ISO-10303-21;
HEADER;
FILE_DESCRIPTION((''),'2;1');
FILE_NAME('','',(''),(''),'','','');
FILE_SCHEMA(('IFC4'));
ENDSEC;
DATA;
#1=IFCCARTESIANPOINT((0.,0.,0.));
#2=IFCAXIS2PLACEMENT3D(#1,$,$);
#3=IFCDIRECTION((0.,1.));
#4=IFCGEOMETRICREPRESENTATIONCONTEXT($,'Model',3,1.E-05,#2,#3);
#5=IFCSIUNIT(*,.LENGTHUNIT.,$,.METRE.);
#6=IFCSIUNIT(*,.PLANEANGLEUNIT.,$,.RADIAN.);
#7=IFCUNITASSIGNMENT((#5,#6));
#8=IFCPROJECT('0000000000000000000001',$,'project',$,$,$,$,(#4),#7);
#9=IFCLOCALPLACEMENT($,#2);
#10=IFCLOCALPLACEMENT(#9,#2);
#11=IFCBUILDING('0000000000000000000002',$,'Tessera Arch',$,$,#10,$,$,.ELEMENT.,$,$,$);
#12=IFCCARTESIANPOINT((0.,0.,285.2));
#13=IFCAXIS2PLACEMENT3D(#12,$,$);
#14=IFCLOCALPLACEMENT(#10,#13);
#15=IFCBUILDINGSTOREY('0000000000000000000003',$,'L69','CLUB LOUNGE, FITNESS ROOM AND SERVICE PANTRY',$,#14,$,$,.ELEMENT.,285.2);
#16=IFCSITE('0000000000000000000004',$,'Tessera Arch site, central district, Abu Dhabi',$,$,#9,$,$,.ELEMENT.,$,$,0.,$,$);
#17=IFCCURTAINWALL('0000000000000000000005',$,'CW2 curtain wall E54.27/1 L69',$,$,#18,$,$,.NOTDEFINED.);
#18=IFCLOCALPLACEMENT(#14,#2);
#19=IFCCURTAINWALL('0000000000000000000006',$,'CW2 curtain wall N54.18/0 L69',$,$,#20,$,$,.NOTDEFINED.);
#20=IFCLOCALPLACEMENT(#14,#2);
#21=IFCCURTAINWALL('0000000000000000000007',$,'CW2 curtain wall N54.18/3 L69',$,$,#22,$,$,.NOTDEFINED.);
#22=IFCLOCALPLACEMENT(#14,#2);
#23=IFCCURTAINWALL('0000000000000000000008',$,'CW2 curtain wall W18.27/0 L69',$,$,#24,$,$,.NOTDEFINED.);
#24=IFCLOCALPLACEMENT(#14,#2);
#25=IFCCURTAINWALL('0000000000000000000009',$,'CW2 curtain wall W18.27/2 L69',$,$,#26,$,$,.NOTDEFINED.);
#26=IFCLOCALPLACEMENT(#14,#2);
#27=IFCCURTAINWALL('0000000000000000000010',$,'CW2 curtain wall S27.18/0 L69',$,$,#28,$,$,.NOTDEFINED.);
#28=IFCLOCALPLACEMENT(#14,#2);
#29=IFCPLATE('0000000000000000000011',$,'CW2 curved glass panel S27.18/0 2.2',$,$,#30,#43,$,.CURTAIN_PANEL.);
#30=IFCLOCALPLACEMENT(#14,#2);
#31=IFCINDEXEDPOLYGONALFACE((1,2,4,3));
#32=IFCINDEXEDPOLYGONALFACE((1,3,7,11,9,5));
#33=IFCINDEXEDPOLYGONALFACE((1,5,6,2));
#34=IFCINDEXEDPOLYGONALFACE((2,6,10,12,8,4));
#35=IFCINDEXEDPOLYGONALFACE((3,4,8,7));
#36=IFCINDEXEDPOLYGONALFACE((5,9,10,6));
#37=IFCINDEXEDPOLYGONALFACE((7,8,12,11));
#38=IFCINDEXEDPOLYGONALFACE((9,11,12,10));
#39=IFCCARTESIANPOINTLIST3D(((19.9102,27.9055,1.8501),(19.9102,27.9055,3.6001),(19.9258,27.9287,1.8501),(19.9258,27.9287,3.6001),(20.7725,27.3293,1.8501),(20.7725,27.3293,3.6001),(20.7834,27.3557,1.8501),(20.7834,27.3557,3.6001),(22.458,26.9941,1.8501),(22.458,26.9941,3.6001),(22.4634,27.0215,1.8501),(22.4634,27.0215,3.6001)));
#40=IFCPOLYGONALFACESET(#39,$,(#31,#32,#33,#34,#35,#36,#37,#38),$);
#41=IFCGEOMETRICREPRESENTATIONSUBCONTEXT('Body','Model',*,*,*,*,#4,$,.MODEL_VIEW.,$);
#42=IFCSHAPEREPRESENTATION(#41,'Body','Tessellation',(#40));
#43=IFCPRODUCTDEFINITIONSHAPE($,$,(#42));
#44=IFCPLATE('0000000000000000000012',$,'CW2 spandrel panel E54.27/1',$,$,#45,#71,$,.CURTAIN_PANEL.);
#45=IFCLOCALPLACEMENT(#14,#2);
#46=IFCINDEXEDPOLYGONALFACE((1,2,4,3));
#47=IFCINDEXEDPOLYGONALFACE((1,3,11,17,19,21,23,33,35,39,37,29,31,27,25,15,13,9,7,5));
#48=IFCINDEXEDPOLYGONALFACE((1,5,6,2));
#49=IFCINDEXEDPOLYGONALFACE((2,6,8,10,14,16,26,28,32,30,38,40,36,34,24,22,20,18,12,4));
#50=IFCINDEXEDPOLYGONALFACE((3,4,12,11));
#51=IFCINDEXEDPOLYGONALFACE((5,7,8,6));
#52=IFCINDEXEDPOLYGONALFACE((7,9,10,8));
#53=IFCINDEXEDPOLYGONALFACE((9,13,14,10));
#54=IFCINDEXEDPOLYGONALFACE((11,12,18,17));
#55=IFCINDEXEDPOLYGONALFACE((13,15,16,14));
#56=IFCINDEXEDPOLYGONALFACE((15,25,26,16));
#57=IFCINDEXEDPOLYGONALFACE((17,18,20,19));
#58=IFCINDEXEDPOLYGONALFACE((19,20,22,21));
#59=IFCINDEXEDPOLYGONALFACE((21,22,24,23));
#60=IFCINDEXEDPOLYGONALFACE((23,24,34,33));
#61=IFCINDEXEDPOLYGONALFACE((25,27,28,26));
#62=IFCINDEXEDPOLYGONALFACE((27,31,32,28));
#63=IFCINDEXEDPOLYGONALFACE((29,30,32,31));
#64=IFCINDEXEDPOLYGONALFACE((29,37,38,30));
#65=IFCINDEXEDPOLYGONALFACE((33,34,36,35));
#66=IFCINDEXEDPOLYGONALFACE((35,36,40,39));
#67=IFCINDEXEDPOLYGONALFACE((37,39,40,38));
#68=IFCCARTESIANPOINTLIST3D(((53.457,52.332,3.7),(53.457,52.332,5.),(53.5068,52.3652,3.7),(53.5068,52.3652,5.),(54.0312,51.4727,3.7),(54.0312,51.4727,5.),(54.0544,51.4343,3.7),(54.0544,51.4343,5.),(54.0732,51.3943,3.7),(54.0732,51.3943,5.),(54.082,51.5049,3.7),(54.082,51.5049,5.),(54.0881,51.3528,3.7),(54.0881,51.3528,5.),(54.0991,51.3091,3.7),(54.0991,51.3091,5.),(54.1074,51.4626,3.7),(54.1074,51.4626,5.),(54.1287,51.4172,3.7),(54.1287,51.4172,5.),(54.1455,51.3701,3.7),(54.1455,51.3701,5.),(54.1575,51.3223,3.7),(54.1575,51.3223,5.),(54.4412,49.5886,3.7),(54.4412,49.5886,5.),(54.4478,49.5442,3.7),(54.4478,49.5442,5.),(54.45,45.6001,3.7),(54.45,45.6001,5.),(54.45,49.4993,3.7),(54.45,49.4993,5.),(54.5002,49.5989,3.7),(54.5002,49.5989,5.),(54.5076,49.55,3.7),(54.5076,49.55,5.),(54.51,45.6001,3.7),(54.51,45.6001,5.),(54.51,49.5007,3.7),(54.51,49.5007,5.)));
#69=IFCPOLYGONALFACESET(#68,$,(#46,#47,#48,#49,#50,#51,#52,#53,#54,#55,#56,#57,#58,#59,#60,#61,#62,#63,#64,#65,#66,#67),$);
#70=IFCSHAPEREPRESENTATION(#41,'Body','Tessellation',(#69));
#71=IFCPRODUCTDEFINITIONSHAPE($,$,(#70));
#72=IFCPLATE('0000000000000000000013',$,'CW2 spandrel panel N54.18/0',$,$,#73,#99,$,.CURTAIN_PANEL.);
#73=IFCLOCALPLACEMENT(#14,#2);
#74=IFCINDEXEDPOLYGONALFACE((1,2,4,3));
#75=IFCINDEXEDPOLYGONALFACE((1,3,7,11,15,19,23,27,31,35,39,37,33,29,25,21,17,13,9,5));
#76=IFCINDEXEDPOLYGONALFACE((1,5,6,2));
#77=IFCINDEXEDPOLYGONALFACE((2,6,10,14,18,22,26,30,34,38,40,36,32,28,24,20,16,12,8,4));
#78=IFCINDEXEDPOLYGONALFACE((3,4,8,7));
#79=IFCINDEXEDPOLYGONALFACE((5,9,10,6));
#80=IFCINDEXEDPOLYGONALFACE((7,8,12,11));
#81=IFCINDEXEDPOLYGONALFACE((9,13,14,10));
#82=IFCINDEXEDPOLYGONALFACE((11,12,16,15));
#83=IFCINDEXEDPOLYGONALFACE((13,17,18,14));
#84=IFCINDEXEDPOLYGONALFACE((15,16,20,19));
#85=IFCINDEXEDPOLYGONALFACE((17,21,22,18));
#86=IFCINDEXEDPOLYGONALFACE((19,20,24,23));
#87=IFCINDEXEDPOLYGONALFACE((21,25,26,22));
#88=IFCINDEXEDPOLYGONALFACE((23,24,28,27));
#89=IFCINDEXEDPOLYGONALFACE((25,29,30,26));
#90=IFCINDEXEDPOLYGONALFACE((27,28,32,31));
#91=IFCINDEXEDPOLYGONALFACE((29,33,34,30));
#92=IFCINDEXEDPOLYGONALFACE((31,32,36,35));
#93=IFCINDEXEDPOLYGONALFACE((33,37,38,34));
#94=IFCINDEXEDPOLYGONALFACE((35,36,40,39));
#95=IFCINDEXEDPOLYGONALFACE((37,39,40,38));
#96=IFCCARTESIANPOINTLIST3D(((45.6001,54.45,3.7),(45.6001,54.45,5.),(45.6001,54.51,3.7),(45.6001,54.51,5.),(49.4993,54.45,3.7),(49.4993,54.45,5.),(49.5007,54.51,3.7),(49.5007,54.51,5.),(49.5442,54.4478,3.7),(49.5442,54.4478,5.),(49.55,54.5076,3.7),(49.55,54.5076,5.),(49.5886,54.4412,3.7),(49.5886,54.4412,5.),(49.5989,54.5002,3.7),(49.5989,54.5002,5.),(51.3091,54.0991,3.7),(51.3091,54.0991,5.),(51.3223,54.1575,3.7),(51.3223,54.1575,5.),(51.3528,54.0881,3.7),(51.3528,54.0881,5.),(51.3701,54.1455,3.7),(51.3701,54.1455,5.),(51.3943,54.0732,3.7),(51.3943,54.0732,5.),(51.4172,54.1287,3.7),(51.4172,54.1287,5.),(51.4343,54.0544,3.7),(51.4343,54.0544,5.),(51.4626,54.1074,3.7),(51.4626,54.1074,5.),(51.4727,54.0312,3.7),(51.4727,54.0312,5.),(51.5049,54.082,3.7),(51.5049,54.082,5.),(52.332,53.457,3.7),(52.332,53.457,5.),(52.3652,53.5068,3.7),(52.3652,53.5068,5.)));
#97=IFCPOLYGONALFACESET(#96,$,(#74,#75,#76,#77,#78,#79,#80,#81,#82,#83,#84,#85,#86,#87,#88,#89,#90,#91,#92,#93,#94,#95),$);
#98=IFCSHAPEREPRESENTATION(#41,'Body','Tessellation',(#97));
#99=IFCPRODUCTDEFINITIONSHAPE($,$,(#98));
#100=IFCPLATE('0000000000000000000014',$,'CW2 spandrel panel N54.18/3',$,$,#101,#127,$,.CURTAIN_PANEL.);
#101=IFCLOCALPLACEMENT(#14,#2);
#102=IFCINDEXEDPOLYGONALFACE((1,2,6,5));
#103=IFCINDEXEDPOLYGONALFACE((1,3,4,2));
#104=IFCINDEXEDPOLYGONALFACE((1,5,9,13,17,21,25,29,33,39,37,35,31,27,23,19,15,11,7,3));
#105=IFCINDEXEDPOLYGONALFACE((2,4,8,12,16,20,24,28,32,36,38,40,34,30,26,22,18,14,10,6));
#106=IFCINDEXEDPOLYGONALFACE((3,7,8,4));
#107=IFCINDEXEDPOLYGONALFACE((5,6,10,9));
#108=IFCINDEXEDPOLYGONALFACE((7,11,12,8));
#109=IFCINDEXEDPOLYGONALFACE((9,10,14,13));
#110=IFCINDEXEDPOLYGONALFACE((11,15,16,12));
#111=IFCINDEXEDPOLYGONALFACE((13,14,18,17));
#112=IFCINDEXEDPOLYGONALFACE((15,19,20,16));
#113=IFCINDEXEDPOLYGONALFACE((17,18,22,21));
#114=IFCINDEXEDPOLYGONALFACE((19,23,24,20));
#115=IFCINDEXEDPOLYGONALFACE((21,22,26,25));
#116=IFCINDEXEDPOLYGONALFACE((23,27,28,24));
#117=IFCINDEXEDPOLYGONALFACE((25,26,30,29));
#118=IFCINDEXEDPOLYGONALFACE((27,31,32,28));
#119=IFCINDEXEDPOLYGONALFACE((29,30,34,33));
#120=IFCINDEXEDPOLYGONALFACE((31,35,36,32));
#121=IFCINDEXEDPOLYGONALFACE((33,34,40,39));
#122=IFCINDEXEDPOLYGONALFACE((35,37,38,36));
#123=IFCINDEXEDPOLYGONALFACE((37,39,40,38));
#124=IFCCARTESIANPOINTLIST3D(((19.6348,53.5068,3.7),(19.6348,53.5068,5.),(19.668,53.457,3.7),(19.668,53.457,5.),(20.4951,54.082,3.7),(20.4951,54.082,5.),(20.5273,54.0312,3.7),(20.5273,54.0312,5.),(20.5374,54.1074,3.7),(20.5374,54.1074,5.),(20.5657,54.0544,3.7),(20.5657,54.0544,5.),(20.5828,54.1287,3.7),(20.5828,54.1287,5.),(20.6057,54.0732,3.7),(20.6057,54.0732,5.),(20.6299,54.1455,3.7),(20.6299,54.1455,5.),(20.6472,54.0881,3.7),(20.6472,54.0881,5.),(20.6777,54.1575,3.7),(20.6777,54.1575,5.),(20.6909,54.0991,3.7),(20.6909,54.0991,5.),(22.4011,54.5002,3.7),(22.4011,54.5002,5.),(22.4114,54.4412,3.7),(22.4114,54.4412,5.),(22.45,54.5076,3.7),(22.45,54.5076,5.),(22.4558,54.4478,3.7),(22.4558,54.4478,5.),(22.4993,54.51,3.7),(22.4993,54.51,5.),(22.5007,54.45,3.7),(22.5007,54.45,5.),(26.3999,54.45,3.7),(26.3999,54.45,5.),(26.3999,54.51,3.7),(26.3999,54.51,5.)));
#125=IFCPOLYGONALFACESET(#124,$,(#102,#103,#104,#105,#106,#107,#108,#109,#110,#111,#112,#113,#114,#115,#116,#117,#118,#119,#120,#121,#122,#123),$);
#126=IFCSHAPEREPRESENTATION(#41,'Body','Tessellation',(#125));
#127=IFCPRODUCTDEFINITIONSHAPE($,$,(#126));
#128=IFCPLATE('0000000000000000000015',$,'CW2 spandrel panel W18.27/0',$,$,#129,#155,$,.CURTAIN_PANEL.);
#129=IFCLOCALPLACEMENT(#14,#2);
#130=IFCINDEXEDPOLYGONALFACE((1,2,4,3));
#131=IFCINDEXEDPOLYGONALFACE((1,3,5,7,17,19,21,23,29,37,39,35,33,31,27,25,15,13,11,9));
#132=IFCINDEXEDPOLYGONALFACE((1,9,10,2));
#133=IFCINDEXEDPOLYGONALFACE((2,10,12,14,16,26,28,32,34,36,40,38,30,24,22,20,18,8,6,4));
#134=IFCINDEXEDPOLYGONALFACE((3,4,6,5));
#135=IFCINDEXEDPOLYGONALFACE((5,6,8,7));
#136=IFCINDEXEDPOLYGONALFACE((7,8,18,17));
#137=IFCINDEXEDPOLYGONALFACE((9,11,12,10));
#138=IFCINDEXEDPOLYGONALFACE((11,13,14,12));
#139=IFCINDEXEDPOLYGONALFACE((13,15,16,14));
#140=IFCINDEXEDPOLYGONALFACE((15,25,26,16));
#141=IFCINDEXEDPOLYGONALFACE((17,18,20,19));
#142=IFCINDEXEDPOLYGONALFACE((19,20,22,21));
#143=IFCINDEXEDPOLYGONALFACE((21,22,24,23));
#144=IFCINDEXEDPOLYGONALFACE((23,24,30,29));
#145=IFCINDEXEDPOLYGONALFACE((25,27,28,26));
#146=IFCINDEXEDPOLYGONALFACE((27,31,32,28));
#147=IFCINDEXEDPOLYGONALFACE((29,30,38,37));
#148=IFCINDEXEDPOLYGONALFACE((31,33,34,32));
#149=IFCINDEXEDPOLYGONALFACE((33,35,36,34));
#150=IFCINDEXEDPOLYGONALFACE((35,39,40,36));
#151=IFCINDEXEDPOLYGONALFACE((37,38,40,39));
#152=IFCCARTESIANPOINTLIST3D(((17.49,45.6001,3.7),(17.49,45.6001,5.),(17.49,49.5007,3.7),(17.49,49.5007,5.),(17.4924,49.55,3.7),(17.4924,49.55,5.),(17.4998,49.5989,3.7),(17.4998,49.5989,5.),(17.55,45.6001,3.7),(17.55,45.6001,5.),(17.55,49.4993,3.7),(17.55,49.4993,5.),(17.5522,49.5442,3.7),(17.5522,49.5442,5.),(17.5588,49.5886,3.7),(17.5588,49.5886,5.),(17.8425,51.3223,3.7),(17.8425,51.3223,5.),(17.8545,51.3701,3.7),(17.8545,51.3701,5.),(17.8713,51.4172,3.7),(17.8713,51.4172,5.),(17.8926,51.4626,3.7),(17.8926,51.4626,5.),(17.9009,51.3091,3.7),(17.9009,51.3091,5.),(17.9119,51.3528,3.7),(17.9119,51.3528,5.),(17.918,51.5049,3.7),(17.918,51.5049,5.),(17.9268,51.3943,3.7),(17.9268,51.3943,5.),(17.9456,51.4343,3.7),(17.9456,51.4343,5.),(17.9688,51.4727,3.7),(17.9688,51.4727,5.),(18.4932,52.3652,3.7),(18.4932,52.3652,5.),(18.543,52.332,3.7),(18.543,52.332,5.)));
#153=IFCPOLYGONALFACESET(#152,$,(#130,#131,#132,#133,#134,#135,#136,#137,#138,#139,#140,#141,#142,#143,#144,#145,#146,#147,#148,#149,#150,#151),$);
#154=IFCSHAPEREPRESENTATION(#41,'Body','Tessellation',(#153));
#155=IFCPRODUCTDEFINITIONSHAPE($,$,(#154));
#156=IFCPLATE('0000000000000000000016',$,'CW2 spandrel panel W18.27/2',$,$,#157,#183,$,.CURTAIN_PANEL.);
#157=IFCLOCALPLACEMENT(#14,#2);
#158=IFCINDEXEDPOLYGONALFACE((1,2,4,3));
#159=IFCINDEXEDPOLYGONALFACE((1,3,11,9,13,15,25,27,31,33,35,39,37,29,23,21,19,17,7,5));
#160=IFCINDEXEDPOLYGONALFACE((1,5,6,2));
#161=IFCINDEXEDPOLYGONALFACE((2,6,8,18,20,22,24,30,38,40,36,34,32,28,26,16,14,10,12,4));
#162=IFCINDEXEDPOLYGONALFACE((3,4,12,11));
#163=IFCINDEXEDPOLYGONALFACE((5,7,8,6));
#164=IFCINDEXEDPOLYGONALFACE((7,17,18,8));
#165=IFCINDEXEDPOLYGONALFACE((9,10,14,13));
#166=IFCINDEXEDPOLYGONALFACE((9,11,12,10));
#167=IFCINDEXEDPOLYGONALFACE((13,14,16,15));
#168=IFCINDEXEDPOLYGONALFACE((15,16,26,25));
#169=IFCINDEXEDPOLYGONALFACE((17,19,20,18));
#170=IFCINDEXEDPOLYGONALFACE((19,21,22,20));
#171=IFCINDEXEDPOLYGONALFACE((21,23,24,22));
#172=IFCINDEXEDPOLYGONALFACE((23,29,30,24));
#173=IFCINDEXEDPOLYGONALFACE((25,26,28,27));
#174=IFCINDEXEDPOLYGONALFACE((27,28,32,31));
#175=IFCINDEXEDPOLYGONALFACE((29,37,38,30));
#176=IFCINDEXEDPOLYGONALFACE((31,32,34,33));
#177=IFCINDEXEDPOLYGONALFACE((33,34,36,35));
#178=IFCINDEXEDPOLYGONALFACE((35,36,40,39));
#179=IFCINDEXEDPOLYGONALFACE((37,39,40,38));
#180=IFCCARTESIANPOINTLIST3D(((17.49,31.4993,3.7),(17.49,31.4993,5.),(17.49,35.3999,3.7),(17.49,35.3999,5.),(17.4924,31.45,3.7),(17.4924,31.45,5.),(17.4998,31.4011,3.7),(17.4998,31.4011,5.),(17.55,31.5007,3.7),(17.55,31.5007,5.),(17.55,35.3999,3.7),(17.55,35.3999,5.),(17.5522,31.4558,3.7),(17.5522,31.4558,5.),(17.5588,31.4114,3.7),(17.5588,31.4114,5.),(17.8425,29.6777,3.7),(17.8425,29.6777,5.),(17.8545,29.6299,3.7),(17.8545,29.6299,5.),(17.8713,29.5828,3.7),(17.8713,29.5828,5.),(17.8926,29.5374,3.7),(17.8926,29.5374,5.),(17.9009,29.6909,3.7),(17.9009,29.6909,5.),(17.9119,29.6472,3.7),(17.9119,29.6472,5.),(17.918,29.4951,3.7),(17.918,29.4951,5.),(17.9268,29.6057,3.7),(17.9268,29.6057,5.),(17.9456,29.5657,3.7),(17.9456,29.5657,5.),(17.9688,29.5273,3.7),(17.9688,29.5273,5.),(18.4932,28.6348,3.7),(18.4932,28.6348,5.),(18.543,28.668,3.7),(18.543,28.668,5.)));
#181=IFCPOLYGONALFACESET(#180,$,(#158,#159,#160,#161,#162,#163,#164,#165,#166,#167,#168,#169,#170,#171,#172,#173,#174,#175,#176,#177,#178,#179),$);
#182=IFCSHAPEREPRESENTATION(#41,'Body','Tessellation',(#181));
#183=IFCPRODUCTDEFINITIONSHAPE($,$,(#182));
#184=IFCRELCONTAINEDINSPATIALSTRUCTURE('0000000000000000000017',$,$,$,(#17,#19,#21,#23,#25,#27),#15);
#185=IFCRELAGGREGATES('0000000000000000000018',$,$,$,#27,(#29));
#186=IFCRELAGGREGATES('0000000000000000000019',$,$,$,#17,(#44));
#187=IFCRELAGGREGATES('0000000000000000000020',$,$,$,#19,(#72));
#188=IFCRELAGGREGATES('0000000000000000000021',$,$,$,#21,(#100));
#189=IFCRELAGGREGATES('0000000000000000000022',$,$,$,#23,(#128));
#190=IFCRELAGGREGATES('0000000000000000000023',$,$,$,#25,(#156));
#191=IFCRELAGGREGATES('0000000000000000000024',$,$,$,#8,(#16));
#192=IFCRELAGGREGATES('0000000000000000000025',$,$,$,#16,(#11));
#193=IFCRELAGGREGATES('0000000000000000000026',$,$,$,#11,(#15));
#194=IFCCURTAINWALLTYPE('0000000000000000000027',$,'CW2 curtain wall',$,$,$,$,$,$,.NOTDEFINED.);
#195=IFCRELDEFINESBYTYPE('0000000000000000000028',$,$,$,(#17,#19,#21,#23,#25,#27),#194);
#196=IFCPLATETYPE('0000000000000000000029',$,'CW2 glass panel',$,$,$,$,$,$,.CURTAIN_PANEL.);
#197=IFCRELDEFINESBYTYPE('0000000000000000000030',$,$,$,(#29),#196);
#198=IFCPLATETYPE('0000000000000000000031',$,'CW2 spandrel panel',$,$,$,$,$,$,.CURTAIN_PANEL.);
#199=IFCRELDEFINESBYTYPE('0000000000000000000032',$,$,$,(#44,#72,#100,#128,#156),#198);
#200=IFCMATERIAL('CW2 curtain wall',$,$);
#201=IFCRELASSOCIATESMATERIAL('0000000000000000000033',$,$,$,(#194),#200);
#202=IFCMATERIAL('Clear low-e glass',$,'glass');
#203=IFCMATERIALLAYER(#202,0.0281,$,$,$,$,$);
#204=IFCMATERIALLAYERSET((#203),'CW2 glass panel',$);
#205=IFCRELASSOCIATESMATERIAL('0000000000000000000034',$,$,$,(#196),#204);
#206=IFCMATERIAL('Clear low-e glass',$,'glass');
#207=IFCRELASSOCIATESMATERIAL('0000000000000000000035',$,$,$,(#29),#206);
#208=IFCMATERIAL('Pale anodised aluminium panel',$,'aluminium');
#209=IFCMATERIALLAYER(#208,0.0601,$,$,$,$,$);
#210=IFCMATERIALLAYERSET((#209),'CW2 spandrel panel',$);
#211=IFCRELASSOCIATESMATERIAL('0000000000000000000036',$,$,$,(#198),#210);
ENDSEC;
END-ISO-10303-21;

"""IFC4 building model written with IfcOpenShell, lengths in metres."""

from ifc_helpers import new_model, si_unit, direction, frame, origin, place, context, subcontext, project, spatial, polyline, outline, extrude, material, layer, layer_set, type_object, element, aggregate, save


model = new_model("IFC4")

# Units and contexts
model_context = context("Model", 3, precision=1e-05, world=origin(), true_north=direction((0.0, 1.0)))
body_context = subcontext(model_context, "Body", "Model", "MODEL_VIEW")
ifc_project = project(units=[si_unit("LENGTHUNIT", "METRE"), si_unit("PLANEANGLEUNIT", "RADIAN")], contexts=[model_context])

# Site, building, storey
site_placement = place(None, origin())
site = spatial("IfcSite", under=ifc_project, at=site_placement, Name="Tessera Arch site, central district, Abu Dhabi", CompositionType="ELEMENT", RefElevation=0.0)
building_placement = place(site_placement, origin())
building = spatial("IfcBuilding", under=site, at=building_placement, Name="Tessera Arch", CompositionType="ELEMENT")
storey_placement = place(building_placement, frame((0.0, 0.0, 285.2)))
storey = spatial("IfcBuildingStorey", under=building, at=storey_placement, Name="L69", Description="CLUB LOUNGE, FITNESS ROOM AND SERVICE PANTRY", CompositionType="ELEMENT", Elevation=285.2)

# Curtain walls
ifc_material_1 = material(Name="CW2 curtain wall")
curtain_wall_type = type_object("IfcCurtainWallType", Name="CW2 curtain wall", PredefinedType="NOTDEFINED", material=ifc_material_1)
curtain_wall_1_placement = place(storey_placement, origin())
curtain_wall_1 = element("IfcCurtainWall", 1, at=curtain_wall_1_placement, inside=storey, type_object=curtain_wall_type, Name="CW2 curtain wall E54.27/1 L69", PredefinedType="NOTDEFINED")
curtain_wall_2_placement = place(storey_placement, origin())
curtain_wall_2 = element("IfcCurtainWall", 2, at=curtain_wall_2_placement, inside=storey, type_object=curtain_wall_type, Name="CW2 curtain wall N54.18/0 L69", PredefinedType="NOTDEFINED")
curtain_wall_3_placement = place(storey_placement, origin())
curtain_wall_3 = element("IfcCurtainWall", 3, at=curtain_wall_3_placement, inside=storey, type_object=curtain_wall_type, Name="CW2 curtain wall N54.18/3 L69", PredefinedType="NOTDEFINED")
curtain_wall_4_placement = place(storey_placement, origin())
curtain_wall_4 = element("IfcCurtainWall", 4, at=curtain_wall_4_placement, inside=storey, type_object=curtain_wall_type, Name="CW2 curtain wall W18.27/0 L69", PredefinedType="NOTDEFINED")
curtain_wall_5_placement = place(storey_placement, origin())
curtain_wall_5 = element("IfcCurtainWall", 5, at=curtain_wall_5_placement, inside=storey, type_object=curtain_wall_type, Name="CW2 curtain wall W18.27/2 L69", PredefinedType="NOTDEFINED")
curtain_wall_6_placement = place(storey_placement, origin())
curtain_wall_6 = element("IfcCurtainWall", 6, at=curtain_wall_6_placement, inside=storey, type_object=curtain_wall_type, Name="CW2 curtain wall S27.18/0 L69", PredefinedType="NOTDEFINED")

# Plates
ifc_material_2 = material(Name="Clear low-e glass", Category="glass")
ifc_material_3 = material(Name="Clear low-e glass", Category="glass")
ifc_layer_1 = layer(ifc_material_3, 0.0281)
ifc_layer_set_1 = layer_set([ifc_layer_1], Name="CW2 glass panel")
plate_type_1 = type_object("IfcPlateType", Name="CW2 glass panel", PredefinedType="CURTAIN_PANEL", material=ifc_layer_set_1)
plate_1_placement = place(storey_placement, frame((0.0, 0.0, 1.8501)))
plate_1 = element("IfcPlate", 7, at=plate_1_placement, type_object=plate_type_1, material=ifc_material_2, Name="CW2 curved glass panel S27.18/0 2.2", PredefinedType="CURTAIN_PANEL", context=body_context, shape_type="SweptSolid", body=[
    extrude(outline(polyline([(20.7834, 27.3557), (19.9258, 27.9287), (19.9102, 27.9055), (20.7725, 27.3293), (22.458, 26.9941), (22.4634, 27.0215), (20.7834, 27.3557)])), origin(), (0.0, 0.0, 1.0), 1.75),
])
aggregate(curtain_wall_6, [plate_1])
ifc_material_4 = material(Name="Pale anodised aluminium panel", Category="aluminium")
ifc_layer_2 = layer(ifc_material_4, 0.0601)
ifc_layer_set_2 = layer_set([ifc_layer_2], Name="CW2 spandrel panel")
plate_type_2 = type_object("IfcPlateType", Name="CW2 spandrel panel", PredefinedType="CURTAIN_PANEL", material=ifc_layer_set_2)
plate_2_placement = place(storey_placement, frame((0.0, 0.0, 3.7)))
plate_2 = element("IfcPlate", 8, at=plate_2_placement, type_object=plate_type_2, Name="CW2 spandrel panel E54.27/1", PredefinedType="CURTAIN_PANEL", context=body_context, shape_type="SweptSolid", body=[
    extrude(outline(polyline([(54.45, 49.4993), (54.45, 45.6001), (54.51, 45.6001), (54.51, 49.5007), (54.5076, 49.55), (54.5002, 49.5989), (54.1575, 51.3223), (54.1455, 51.3701), (54.1287, 51.4172), (54.1074, 51.4626), (54.082, 51.5049), (53.5068, 52.3652), (53.457, 52.332), (54.0312, 51.4727), (54.0544, 51.4343), (54.0732, 51.3943), (54.0881, 51.3528), (54.0991, 51.3091), (54.4412, 49.5886), (54.4478, 49.5442), (54.45, 49.4993)])), origin(), (0.0, 0.0, 1.0), 1.3),
])
aggregate(curtain_wall_1, [plate_2])
plate_3_placement = place(storey_placement, frame((0.0, 0.0, 3.7)))
plate_3 = element("IfcPlate", 9, at=plate_3_placement, type_object=plate_type_2, Name="CW2 spandrel panel N54.18/0", PredefinedType="CURTAIN_PANEL", context=body_context, shape_type="SweptSolid", body=[
    extrude(outline(polyline([(51.4727, 54.0312), (52.332, 53.457), (52.3652, 53.5068), (51.5049, 54.082), (51.4626, 54.1074), (51.4172, 54.1287), (51.3701, 54.1455), (51.3223, 54.1575), (49.5989, 54.5002), (49.55, 54.5076), (49.5007, 54.51), (45.6001, 54.51), (45.6001, 54.45), (49.4993, 54.45), (49.5442, 54.4478), (49.5886, 54.4412), (51.3091, 54.0991), (51.3528, 54.0881), (51.3943, 54.0732), (51.4343, 54.0544), (51.4727, 54.0312)])), origin(), (0.0, 0.0, 1.0), 1.3),
])
aggregate(curtain_wall_2, [plate_3])
plate_4_placement = place(storey_placement, frame((0.0, 0.0, 3.7)))
plate_4 = element("IfcPlate", 10, at=plate_4_placement, type_object=plate_type_2, Name="CW2 spandrel panel N54.18/3", PredefinedType="CURTAIN_PANEL", context=body_context, shape_type="SweptSolid", body=[
    extrude(outline(polyline([(22.5007, 54.45), (26.3999, 54.45), (26.3999, 54.51), (22.4993, 54.51), (22.45, 54.5076), (22.4011, 54.5002), (20.6777, 54.1575), (20.6299, 54.1455), (20.5828, 54.1287), (20.5374, 54.1074), (20.4951, 54.082), (19.6348, 53.5068), (19.668, 53.457), (20.5273, 54.0312), (20.5657, 54.0544), (20.6057, 54.0732), (20.6472, 54.0881), (20.6909, 54.0991), (22.4114, 54.4412), (22.4558, 54.4478), (22.5007, 54.45)])), origin(), (0.0, 0.0, 1.0), 1.3),
])
aggregate(curtain_wall_3, [plate_4])
plate_5_placement = place(storey_placement, frame((0.0, 0.0, 3.7)))
plate_5 = element("IfcPlate", 11, at=plate_5_placement, type_object=plate_type_2, Name="CW2 spandrel panel W18.27/0", PredefinedType="CURTAIN_PANEL", context=body_context, shape_type="SweptSolid", body=[
    extrude(outline(polyline([(17.9688, 51.4727), (18.543, 52.332), (18.4932, 52.3652), (17.918, 51.5049), (17.8926, 51.4626), (17.8713, 51.4172), (17.8545, 51.3701), (17.8425, 51.3223), (17.4998, 49.5989), (17.4924, 49.55), (17.49, 49.5007), (17.49, 45.6001), (17.55, 45.6001), (17.55, 49.4993), (17.5522, 49.5442), (17.5588, 49.5886), (17.9009, 51.3091), (17.9119, 51.3528), (17.9268, 51.3943), (17.9456, 51.4343), (17.9688, 51.4727)])), origin(), (0.0, 0.0, 1.0), 1.3),
])
aggregate(curtain_wall_4, [plate_5])
plate_6_placement = place(storey_placement, frame((0.0, 0.0, 3.7)))
plate_6 = element("IfcPlate", 12, at=plate_6_placement, type_object=plate_type_2, Name="CW2 spandrel panel W18.27/2", PredefinedType="CURTAIN_PANEL", context=body_context, shape_type="SweptSolid", body=[
    extrude(outline(polyline([(17.55, 31.5007), (17.55, 35.3999), (17.49, 35.3999), (17.49, 31.4993), (17.4924, 31.45), (17.4998, 31.4011), (17.8425, 29.6777), (17.8545, 29.6299), (17.8713, 29.5828), (17.8926, 29.5374), (17.918, 29.4951), (18.4932, 28.6348), (18.543, 28.668), (17.9688, 29.5273), (17.9456, 29.5657), (17.9268, 29.6057), (17.9119, 29.6472), (17.9009, 29.6909), (17.5588, 31.4114), (17.5522, 31.4558), (17.55, 31.5007)])), origin(), (0.0, 0.0, 1.0), 1.3),
])
aggregate(curtain_wall_5, [plate_6])

save(model, "model.ifc")
